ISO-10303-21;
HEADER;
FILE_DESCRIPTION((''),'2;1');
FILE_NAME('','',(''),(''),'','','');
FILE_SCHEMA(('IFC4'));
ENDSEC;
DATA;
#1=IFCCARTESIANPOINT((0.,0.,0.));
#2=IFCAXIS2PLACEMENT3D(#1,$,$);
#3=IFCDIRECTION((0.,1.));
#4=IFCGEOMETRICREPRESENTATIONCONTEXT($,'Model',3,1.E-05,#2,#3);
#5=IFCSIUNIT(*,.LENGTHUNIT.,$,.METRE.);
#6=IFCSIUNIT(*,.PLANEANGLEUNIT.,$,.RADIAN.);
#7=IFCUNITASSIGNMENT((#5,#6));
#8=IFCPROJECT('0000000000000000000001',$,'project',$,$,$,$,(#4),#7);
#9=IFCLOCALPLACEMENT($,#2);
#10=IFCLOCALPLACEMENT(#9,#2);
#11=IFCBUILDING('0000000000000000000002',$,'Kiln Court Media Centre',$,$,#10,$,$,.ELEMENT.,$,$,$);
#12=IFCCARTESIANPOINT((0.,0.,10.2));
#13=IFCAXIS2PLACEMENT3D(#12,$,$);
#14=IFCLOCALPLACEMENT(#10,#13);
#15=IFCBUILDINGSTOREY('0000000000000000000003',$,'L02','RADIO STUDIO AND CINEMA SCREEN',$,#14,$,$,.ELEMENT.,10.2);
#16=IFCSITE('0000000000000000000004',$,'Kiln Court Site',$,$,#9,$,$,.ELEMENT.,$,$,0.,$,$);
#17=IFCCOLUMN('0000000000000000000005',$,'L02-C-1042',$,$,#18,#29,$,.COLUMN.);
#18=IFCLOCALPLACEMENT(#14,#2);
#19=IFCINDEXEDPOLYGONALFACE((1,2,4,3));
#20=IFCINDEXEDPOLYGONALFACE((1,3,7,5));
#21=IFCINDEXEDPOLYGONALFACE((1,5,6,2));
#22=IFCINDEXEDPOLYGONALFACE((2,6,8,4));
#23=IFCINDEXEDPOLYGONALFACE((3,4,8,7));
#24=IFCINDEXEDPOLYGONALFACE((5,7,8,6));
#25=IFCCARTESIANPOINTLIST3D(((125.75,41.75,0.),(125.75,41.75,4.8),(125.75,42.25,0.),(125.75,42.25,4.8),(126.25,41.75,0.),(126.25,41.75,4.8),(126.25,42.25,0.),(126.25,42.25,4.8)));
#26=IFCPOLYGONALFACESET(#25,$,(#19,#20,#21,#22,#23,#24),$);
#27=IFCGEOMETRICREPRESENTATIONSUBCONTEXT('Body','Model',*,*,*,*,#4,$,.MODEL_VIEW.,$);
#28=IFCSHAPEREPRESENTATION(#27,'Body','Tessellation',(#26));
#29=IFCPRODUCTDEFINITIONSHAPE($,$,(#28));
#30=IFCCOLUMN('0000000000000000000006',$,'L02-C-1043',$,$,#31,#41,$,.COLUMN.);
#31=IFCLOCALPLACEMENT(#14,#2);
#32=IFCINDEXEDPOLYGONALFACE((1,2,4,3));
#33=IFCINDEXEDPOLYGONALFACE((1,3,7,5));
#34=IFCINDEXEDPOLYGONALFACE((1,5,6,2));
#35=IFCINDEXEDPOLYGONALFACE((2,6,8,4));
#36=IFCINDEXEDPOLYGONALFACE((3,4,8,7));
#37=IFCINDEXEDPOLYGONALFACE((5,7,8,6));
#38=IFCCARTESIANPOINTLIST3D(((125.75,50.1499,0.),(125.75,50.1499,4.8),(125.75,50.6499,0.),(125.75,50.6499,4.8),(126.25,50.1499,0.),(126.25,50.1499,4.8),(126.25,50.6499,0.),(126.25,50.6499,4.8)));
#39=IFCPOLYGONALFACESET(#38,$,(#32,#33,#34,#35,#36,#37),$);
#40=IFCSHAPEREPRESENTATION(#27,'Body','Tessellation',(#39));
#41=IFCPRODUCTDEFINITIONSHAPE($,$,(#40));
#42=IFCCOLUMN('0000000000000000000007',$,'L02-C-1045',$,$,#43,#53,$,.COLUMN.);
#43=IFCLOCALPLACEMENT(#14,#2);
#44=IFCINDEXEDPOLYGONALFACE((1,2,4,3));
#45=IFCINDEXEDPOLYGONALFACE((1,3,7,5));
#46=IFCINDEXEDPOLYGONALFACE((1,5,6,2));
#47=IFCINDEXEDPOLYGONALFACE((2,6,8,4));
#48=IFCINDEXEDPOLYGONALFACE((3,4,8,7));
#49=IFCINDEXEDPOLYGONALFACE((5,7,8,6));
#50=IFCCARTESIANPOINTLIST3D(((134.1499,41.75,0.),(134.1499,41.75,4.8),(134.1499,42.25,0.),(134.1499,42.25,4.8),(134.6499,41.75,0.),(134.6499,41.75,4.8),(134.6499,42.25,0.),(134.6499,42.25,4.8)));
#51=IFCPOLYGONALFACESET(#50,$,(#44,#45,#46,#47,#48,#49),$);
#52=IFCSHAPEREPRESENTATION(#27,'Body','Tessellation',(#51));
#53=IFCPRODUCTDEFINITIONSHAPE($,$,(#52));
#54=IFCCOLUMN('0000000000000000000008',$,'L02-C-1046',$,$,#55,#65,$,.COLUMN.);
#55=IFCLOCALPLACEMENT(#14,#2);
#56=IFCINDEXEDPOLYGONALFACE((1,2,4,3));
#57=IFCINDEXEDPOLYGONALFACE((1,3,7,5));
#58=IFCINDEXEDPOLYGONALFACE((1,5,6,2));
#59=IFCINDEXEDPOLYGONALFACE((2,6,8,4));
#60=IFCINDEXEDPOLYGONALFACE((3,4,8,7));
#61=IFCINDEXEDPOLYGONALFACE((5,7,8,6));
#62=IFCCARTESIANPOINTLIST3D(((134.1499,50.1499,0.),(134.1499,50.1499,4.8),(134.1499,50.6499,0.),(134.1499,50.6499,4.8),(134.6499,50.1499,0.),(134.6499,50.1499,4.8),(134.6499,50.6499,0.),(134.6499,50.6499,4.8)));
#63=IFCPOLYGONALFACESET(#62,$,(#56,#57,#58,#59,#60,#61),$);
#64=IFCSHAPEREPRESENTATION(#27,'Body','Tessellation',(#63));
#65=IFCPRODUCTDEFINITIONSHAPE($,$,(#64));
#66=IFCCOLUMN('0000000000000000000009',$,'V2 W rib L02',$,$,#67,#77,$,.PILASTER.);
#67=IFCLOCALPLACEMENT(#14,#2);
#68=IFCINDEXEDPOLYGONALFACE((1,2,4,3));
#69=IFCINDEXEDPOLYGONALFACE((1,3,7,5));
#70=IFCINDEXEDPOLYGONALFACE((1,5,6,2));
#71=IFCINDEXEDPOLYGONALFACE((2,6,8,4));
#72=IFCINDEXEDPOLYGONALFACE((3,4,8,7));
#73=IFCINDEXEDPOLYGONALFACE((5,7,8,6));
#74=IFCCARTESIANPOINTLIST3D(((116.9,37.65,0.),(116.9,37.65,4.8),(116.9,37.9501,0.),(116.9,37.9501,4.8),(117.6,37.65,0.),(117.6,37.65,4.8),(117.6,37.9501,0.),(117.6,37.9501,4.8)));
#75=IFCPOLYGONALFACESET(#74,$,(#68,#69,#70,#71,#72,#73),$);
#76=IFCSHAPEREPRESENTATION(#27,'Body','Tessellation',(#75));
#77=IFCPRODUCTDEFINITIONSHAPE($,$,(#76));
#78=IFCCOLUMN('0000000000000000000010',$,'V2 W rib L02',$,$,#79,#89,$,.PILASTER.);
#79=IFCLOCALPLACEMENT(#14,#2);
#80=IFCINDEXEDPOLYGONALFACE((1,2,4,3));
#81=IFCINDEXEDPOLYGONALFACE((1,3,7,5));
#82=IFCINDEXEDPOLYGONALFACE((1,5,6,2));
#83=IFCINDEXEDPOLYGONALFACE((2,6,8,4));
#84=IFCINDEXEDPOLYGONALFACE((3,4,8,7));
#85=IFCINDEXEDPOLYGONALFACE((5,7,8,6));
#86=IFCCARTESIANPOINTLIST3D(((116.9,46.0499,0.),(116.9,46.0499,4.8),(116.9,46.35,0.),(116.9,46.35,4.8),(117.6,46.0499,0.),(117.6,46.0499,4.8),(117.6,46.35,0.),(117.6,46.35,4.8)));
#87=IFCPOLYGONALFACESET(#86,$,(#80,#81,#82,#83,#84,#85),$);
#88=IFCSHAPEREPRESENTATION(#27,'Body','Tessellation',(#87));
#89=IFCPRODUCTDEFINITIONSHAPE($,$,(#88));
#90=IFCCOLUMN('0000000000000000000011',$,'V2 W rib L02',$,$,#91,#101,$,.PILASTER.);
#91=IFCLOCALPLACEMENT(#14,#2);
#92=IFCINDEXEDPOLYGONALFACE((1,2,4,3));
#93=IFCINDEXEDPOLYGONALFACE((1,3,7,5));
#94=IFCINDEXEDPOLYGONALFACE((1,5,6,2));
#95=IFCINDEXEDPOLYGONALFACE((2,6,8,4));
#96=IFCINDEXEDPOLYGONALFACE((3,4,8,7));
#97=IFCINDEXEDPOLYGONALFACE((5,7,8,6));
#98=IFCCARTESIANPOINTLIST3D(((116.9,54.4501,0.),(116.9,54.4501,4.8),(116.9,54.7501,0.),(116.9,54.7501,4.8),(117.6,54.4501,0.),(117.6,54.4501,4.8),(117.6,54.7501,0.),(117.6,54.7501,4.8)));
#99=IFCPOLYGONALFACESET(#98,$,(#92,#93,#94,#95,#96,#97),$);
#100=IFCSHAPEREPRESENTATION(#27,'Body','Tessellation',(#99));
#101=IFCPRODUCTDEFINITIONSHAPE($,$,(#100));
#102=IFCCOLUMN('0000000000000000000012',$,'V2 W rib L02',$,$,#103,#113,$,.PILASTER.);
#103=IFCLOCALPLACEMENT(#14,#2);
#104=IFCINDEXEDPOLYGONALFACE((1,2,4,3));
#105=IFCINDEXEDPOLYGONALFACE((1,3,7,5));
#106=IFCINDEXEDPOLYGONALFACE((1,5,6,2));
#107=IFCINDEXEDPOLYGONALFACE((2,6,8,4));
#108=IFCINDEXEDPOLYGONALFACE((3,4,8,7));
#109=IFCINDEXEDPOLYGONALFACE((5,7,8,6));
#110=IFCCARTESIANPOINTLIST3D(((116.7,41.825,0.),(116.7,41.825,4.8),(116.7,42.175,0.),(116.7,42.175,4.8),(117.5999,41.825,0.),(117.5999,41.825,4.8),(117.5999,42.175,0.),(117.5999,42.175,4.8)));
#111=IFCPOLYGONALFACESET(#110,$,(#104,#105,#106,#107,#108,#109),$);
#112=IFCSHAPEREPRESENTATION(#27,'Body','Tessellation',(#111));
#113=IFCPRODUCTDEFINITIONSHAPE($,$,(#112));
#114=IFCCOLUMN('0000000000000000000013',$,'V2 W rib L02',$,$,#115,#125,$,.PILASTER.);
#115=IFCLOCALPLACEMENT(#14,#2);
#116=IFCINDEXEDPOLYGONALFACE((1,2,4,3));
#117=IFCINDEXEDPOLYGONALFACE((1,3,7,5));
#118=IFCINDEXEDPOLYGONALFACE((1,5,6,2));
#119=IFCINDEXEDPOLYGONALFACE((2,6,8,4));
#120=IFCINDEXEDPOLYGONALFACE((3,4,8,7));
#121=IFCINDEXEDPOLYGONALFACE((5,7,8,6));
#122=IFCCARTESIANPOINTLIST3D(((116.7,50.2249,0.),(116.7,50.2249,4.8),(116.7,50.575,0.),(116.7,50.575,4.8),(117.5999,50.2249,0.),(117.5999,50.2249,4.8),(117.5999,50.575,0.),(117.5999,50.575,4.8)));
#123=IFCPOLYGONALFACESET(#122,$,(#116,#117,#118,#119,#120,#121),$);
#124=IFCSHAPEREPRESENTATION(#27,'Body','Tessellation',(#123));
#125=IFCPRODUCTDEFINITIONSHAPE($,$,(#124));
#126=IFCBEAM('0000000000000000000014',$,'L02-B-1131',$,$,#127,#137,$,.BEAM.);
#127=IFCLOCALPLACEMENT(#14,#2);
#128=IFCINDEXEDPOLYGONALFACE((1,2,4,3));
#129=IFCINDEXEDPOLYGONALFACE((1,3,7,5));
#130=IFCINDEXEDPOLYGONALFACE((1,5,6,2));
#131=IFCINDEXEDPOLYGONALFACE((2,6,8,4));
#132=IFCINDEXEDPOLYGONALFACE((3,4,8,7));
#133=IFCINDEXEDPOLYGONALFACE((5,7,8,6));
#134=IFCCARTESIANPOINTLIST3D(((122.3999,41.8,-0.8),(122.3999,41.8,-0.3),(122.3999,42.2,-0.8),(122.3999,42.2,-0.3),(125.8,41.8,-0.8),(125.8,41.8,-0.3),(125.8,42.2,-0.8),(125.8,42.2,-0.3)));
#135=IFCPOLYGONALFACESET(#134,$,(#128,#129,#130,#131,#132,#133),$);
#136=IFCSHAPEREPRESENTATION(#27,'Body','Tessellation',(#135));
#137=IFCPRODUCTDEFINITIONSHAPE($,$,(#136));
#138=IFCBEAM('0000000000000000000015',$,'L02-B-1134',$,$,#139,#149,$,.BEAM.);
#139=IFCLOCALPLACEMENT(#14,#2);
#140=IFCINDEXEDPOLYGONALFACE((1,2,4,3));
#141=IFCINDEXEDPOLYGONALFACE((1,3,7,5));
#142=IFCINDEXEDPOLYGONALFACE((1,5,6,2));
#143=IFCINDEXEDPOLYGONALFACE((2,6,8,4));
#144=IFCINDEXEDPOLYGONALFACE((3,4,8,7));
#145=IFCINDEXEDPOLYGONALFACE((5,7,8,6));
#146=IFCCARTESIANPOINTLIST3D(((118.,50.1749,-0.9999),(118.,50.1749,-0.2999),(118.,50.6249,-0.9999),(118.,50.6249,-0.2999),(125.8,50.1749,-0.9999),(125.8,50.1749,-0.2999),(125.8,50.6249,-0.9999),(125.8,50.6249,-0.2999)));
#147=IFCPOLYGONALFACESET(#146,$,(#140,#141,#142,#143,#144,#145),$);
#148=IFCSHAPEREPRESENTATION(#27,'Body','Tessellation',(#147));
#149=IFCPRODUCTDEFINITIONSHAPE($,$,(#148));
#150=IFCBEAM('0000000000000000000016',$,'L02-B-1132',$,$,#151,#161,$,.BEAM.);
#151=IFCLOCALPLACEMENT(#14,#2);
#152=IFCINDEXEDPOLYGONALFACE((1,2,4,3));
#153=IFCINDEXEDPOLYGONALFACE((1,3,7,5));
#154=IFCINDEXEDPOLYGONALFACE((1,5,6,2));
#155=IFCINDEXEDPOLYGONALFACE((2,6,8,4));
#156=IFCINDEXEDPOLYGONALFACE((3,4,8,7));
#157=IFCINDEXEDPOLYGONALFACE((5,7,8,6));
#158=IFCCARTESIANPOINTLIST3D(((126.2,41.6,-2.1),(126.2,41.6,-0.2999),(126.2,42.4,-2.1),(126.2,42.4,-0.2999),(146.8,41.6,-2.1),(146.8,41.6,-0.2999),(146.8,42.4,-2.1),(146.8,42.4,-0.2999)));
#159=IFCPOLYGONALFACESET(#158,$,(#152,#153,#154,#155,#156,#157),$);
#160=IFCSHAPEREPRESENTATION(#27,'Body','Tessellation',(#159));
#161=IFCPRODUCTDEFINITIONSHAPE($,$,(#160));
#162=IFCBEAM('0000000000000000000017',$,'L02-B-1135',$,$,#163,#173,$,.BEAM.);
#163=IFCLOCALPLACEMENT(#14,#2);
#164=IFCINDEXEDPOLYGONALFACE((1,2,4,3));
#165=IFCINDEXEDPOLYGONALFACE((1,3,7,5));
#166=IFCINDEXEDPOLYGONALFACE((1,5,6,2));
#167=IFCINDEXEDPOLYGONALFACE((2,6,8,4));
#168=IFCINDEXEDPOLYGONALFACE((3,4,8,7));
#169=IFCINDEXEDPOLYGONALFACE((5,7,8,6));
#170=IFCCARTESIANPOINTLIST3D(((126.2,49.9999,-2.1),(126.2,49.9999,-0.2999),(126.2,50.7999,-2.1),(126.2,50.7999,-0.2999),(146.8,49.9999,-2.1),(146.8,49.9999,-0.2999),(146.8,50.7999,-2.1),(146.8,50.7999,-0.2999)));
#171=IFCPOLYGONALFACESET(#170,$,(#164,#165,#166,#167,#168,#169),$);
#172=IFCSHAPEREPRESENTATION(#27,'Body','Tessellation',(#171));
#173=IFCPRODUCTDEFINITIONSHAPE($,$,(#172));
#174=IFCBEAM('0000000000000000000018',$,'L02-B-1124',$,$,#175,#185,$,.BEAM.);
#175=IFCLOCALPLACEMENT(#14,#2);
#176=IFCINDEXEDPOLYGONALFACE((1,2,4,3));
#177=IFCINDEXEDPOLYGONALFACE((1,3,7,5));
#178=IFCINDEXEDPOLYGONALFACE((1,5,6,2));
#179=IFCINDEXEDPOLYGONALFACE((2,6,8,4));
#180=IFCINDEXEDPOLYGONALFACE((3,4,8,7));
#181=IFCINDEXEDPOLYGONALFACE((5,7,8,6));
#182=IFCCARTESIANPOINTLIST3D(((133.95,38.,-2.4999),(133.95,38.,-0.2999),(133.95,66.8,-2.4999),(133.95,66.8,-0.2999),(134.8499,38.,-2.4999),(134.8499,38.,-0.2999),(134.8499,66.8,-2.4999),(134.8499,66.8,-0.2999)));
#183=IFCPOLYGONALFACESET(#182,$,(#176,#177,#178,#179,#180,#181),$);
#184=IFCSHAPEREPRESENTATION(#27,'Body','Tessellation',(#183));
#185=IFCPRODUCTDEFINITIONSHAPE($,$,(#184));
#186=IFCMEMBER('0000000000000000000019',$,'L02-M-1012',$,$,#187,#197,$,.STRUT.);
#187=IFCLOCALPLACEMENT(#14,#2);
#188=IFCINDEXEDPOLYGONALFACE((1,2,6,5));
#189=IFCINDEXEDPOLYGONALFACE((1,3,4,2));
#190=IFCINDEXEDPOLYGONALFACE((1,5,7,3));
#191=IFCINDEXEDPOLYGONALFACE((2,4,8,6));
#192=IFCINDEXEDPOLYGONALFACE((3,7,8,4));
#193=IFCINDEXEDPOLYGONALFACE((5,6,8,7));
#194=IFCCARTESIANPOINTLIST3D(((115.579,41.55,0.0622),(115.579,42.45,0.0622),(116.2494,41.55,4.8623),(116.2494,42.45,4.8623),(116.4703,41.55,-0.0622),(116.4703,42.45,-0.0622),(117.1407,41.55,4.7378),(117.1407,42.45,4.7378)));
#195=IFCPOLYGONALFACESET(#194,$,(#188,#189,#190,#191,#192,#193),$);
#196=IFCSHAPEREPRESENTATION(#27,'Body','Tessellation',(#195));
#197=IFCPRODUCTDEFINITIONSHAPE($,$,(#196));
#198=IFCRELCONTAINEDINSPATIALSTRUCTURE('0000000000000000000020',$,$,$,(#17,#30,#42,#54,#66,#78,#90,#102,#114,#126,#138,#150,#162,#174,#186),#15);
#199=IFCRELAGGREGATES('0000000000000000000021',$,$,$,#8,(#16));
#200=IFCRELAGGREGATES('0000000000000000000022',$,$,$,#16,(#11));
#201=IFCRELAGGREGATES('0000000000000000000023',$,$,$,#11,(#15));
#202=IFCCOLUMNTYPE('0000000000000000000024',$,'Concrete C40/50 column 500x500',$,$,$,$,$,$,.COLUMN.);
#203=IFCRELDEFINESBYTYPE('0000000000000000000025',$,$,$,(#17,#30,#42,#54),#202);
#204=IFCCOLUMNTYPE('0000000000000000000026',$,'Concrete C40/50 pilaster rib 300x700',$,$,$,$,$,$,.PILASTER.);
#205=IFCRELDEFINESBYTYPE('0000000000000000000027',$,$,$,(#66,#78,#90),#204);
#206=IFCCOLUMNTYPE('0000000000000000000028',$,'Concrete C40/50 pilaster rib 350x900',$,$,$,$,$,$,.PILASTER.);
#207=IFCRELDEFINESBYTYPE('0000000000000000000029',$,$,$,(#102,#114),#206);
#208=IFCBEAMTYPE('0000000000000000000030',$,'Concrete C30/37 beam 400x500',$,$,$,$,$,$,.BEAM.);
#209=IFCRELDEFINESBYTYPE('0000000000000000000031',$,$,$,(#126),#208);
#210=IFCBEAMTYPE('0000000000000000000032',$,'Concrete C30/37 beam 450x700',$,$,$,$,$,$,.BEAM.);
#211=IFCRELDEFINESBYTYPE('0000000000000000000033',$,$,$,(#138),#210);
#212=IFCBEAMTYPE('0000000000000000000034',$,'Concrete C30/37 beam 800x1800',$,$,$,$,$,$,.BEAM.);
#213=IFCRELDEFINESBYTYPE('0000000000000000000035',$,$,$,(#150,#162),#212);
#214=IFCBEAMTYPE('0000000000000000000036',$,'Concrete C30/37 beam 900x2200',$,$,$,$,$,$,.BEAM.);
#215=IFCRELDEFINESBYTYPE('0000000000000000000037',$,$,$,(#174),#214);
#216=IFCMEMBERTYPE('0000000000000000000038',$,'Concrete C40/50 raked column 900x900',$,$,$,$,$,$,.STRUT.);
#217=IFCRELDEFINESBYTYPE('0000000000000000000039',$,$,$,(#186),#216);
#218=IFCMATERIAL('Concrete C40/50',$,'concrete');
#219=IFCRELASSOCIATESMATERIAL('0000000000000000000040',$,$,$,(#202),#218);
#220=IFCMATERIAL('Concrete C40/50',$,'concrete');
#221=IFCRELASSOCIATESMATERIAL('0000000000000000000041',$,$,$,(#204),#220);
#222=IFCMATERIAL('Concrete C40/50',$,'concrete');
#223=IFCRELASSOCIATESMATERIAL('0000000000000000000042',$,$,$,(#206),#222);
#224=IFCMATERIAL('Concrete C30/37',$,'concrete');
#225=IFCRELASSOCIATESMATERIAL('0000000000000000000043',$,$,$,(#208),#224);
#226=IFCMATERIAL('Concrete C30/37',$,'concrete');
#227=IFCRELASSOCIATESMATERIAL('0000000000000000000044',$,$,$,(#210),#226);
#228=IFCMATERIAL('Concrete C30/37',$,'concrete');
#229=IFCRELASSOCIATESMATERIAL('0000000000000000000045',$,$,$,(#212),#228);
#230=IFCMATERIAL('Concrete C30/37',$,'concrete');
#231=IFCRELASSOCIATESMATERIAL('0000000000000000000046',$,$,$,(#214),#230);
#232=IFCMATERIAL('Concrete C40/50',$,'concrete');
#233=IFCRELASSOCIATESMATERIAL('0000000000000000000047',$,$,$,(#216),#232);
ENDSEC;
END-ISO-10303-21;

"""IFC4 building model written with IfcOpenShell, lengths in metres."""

from ifc_helpers import new_model, si_unit, direction, frame, origin, origin_2d, place, context, subcontext, project, spatial, rectangle, extrude, material, material_profile, profile_set, type_object, element, save


model = new_model("IFC4")

# Units and contexts
model_context = context("Model", 3, precision=1e-05, world=origin(), true_north=direction((0.0, 1.0)))
body_context = subcontext(model_context, "Body", "Model", "MODEL_VIEW")
ifc_project = project(units=[si_unit("LENGTHUNIT", "METRE"), si_unit("PLANEANGLEUNIT", "RADIAN")], contexts=[model_context])

# Site, building, storey
site_placement = place(None, origin())
site = spatial("IfcSite", under=ifc_project, at=site_placement, Name="Kiln Court Site", CompositionType="ELEMENT", RefElevation=0.0)
building_placement = place(site_placement, origin())
building = spatial("IfcBuilding", under=site, at=building_placement, Name="Kiln Court Media Centre", CompositionType="ELEMENT")
storey_placement = place(building_placement, frame((0.0, 0.0, 10.2)))
storey = spatial("IfcBuildingStorey", under=building, at=storey_placement, Name="L02", Description="RADIO STUDIO AND CINEMA SCREEN", CompositionType="ELEMENT", Elevation=10.2)

# Columns
ifc_material_1 = material(Name="Concrete C40/50", Category="concrete")
ifc_material_profile_1 = material_profile(ifc_material_1, rectangle(XDim=0.5, YDim=0.5, at=origin_2d()), Name="RC 500x500")
ifc_profile_set_1 = profile_set([ifc_material_profile_1], Name="Concrete C40/50")
column_type_1 = type_object("IfcColumnType", Name="Concrete C40/50 column 500x500", PredefinedType="COLUMN", material=ifc_profile_set_1)
for number, where, z_axis, x_axis, name in (
    (1, (126.0, 42.0, 0.0), (0.0, 0.0, 1.0), (1.0, 0.0, 0.0), "L02-C-1042"),
    (2, (126.0, 50.3999, 0.0), (0.0, 0.0, 1.0), (1.0, 0.0, 0.0), "L02-C-1043"),
    (3, (134.3999, 42.0, 0.0), (0.0, 0.0, 1.0), (1.0, 0.0, 0.0), "L02-C-1045"),
    (4, (134.3999, 50.3999, 0.0), (0.0, 0.0, 1.0), (1.0, 0.0, 0.0), "L02-C-1046"),
):
    element("IfcColumn", number, at=place(storey_placement, frame(where, z_axis=z_axis, x_axis=x_axis)), inside=storey, type_object=column_type_1, Name=name, PredefinedType="COLUMN", context=body_context, shape_type="SweptSolid", body=[
        extrude(rectangle(XDim=0.5, YDim=0.5, at=origin_2d()), origin(), (0.0, 0.0, 1.0), 4.8),
    ])
ifc_material_2 = material(Name="Concrete C40/50", Category="concrete")
ifc_material_profile_2 = material_profile(ifc_material_2, rectangle(XDim=0.3, YDim=0.7, at=origin_2d()), Name="RC 300x700")
ifc_profile_set_2 = profile_set([ifc_material_profile_2], Name="Concrete C40/50")
column_type_2 = type_object("IfcColumnType", Name="Concrete C40/50 pilaster rib 300x700", PredefinedType="PILASTER", material=ifc_profile_set_2)
for number, where, z_axis, x_axis, name in (
    (5, (117.25, 37.8, 0.0), (0.0, 0.0, 1.0), (0.0, 1.0, 0.0), "V2 W rib L02"),
    (6, (117.25, 46.2, 0.0), (0.0, 0.0, 1.0), (0.0, 1.0, 0.0), "V2 W rib L02"),
    (7, (117.25, 54.6001, 0.0), (0.0, 0.0, 1.0), (0.0, 1.0, 0.0), "V2 W rib L02"),
):
    element("IfcColumn", number, at=place(storey_placement, frame(where, z_axis=z_axis, x_axis=x_axis)), inside=storey, type_object=column_type_2, Name=name, PredefinedType="PILASTER", context=body_context, shape_type="SweptSolid", body=[
        extrude(rectangle(XDim=0.3, YDim=0.7, at=origin_2d()), origin(), (0.0, 0.0, 1.0), 4.8),
    ])
ifc_material_3 = material(Name="Concrete C40/50", Category="concrete")
ifc_material_profile_3 = material_profile(ifc_material_3, rectangle(XDim=0.3501, YDim=0.8999, at=origin_2d()), Name="RC 350x900")
ifc_profile_set_3 = profile_set([ifc_material_profile_3], Name="Concrete C40/50")
column_type_3 = type_object("IfcColumnType", Name="Concrete C40/50 pilaster rib 350x900", PredefinedType="PILASTER", material=ifc_profile_set_3)
for number, where, z_axis, x_axis, name in (
    (8, (117.1499, 42.0, 0.0), (0.0, 0.0, 1.0), (0.0, 1.0, 0.0), "V2 W rib L02"),
    (9, (117.1499, 50.3999, 0.0), (0.0, 0.0, 1.0), (0.0, 1.0, 0.0), "V2 W rib L02"),
):
    element("IfcColumn", number, at=place(storey_placement, frame(where, z_axis=z_axis, x_axis=x_axis)), inside=storey, type_object=column_type_3, Name=name, PredefinedType="PILASTER", context=body_context, shape_type="SweptSolid", body=[
        extrude(rectangle(XDim=0.3501, YDim=0.8999, at=origin_2d()), origin(), (0.0, 0.0, 1.0), 4.8),
    ])

# Beams
ifc_material_4 = material(Name="Concrete C30/37", Category="concrete")
ifc_material_profile_4 = material_profile(ifc_material_4, rectangle(XDim=0.3999, YDim=0.5, at=origin_2d()), Name="RC 400x500")
ifc_profile_set_4 = profile_set([ifc_material_profile_4], Name="Concrete C30/37")
beam_type_1 = type_object("IfcBeamType", Name="Concrete C30/37 beam 400x500", PredefinedType="BEAM", material=ifc_profile_set_4)
beam_1_placement = place(storey_placement, frame((122.3999, 42.0, -0.55), z_axis=(1.0, 0.0, 0.0), x_axis=(0.0, 1.0, 0.0)))
element("IfcBeam", 10, at=beam_1_placement, inside=storey, type_object=beam_type_1, Name="L02-B-1131", PredefinedType="BEAM", context=body_context, shape_type="SweptSolid", body=[
    extrude(rectangle(XDim=0.3999, YDim=0.5, at=origin_2d()), origin(), (0.0, 0.0, 1.0), 3.4001),
])
ifc_material_5 = material(Name="Concrete C30/37", Category="concrete")
ifc_material_profile_5 = material_profile(ifc_material_5, rectangle(XDim=0.45, YDim=0.7, at=origin_2d()), Name="RC 450x700")
ifc_profile_set_5 = profile_set([ifc_material_profile_5], Name="Concrete C30/37")
beam_type_2 = type_object("IfcBeamType", Name="Concrete C30/37 beam 450x700", PredefinedType="BEAM", material=ifc_profile_set_5)
beam_2_placement = place(storey_placement, frame((118.0, 50.3999, -0.6499), z_axis=(1.0, 0.0, 0.0), x_axis=(0.0, 1.0, 0.0)))
element("IfcBeam", 11, at=beam_2_placement, inside=storey, type_object=beam_type_2, Name="L02-B-1134", PredefinedType="BEAM", context=body_context, shape_type="SweptSolid", body=[
    extrude(rectangle(XDim=0.45, YDim=0.7, at=origin_2d()), origin(), (0.0, 0.0, 1.0), 7.8),
])
ifc_material_6 = material(Name="Concrete C30/37", Category="concrete")
ifc_material_profile_6 = material_profile(ifc_material_6, rectangle(XDim=0.8, YDim=1.8, at=origin_2d()), Name="RC 800x1800")
ifc_profile_set_6 = profile_set([ifc_material_profile_6], Name="Concrete C30/37")
beam_type_3 = type_object("IfcBeamType", Name="Concrete C30/37 beam 800x1800", PredefinedType="BEAM", material=ifc_profile_set_6)
for number, where, z_axis, x_axis, name in (
    (12, (126.2, 42.0, -1.2), (1.0, 0.0, 0.0), (0.0, 1.0, 0.0), "L02-B-1132"),
    (13, (126.2, 50.3999, -1.2), (1.0, 0.0, 0.0), (0.0, 1.0, 0.0), "L02-B-1135"),
):
    element("IfcBeam", number, at=place(storey_placement, frame(where, z_axis=z_axis, x_axis=x_axis)), inside=storey, type_object=beam_type_3, Name=name, PredefinedType="BEAM", context=body_context, shape_type="SweptSolid", body=[
        extrude(rectangle(XDim=0.8, YDim=1.8, at=origin_2d()), origin(), (0.0, 0.0, 1.0), 20.6001),
    ])
ifc_material_7 = material(Name="Concrete C30/37", Category="concrete")
ifc_material_profile_7 = material_profile(ifc_material_7, rectangle(XDim=0.8999, YDim=2.2, at=origin_2d()), Name="RC 900x2200")
ifc_profile_set_7 = profile_set([ifc_material_profile_7], Name="Concrete C30/37")
beam_type_4 = type_object("IfcBeamType", Name="Concrete C30/37 beam 900x2200", PredefinedType="BEAM", material=ifc_profile_set_7)
beam_3_placement = place(storey_placement, frame((134.3999, 38.0, -1.3999), z_axis=(0.0, 1.0, 0.0), x_axis=(-1.0, 0.0, 0.0)))
element("IfcBeam", 14, at=beam_3_placement, inside=storey, type_object=beam_type_4, Name="L02-B-1124", PredefinedType="BEAM", context=body_context, shape_type="SweptSolid", body=[
    extrude(rectangle(XDim=0.8999, YDim=2.2, at=origin_2d()), origin(), (0.0, 0.0, 1.0), 28.8),
])

# Member
ifc_material_8 = material(Name="Concrete C40/50", Category="concrete")
ifc_material_profile_8 = material_profile(ifc_material_8, rectangle(XDim=0.8999, YDim=0.8999, at=origin_2d()), Name="RC 900x900")
ifc_profile_set_8 = profile_set([ifc_material_profile_8], Name="Concrete C40/50")
member_type = type_object("IfcMemberType", Name="Concrete C40/50 raked column 900x900", PredefinedType="STRUT", material=ifc_profile_set_8)
member_placement = place(storey_placement, frame((116.0247, 42.0, 0.0), z_axis=(0.138325, 0.0, 0.990387), x_axis=(0.0, 1.0, 0.0)))
element("IfcMember", 15, at=member_placement, inside=storey, type_object=member_type, Name="L02-M-1012", PredefinedType="STRUT", context=body_context, shape_type="SweptSolid", body=[
    extrude(rectangle(XDim=0.8999, YDim=0.8999, at=origin_2d()), origin(), (0.0, 0.0, 1.0), 4.8467),
])

save(model, "model.ifc")
